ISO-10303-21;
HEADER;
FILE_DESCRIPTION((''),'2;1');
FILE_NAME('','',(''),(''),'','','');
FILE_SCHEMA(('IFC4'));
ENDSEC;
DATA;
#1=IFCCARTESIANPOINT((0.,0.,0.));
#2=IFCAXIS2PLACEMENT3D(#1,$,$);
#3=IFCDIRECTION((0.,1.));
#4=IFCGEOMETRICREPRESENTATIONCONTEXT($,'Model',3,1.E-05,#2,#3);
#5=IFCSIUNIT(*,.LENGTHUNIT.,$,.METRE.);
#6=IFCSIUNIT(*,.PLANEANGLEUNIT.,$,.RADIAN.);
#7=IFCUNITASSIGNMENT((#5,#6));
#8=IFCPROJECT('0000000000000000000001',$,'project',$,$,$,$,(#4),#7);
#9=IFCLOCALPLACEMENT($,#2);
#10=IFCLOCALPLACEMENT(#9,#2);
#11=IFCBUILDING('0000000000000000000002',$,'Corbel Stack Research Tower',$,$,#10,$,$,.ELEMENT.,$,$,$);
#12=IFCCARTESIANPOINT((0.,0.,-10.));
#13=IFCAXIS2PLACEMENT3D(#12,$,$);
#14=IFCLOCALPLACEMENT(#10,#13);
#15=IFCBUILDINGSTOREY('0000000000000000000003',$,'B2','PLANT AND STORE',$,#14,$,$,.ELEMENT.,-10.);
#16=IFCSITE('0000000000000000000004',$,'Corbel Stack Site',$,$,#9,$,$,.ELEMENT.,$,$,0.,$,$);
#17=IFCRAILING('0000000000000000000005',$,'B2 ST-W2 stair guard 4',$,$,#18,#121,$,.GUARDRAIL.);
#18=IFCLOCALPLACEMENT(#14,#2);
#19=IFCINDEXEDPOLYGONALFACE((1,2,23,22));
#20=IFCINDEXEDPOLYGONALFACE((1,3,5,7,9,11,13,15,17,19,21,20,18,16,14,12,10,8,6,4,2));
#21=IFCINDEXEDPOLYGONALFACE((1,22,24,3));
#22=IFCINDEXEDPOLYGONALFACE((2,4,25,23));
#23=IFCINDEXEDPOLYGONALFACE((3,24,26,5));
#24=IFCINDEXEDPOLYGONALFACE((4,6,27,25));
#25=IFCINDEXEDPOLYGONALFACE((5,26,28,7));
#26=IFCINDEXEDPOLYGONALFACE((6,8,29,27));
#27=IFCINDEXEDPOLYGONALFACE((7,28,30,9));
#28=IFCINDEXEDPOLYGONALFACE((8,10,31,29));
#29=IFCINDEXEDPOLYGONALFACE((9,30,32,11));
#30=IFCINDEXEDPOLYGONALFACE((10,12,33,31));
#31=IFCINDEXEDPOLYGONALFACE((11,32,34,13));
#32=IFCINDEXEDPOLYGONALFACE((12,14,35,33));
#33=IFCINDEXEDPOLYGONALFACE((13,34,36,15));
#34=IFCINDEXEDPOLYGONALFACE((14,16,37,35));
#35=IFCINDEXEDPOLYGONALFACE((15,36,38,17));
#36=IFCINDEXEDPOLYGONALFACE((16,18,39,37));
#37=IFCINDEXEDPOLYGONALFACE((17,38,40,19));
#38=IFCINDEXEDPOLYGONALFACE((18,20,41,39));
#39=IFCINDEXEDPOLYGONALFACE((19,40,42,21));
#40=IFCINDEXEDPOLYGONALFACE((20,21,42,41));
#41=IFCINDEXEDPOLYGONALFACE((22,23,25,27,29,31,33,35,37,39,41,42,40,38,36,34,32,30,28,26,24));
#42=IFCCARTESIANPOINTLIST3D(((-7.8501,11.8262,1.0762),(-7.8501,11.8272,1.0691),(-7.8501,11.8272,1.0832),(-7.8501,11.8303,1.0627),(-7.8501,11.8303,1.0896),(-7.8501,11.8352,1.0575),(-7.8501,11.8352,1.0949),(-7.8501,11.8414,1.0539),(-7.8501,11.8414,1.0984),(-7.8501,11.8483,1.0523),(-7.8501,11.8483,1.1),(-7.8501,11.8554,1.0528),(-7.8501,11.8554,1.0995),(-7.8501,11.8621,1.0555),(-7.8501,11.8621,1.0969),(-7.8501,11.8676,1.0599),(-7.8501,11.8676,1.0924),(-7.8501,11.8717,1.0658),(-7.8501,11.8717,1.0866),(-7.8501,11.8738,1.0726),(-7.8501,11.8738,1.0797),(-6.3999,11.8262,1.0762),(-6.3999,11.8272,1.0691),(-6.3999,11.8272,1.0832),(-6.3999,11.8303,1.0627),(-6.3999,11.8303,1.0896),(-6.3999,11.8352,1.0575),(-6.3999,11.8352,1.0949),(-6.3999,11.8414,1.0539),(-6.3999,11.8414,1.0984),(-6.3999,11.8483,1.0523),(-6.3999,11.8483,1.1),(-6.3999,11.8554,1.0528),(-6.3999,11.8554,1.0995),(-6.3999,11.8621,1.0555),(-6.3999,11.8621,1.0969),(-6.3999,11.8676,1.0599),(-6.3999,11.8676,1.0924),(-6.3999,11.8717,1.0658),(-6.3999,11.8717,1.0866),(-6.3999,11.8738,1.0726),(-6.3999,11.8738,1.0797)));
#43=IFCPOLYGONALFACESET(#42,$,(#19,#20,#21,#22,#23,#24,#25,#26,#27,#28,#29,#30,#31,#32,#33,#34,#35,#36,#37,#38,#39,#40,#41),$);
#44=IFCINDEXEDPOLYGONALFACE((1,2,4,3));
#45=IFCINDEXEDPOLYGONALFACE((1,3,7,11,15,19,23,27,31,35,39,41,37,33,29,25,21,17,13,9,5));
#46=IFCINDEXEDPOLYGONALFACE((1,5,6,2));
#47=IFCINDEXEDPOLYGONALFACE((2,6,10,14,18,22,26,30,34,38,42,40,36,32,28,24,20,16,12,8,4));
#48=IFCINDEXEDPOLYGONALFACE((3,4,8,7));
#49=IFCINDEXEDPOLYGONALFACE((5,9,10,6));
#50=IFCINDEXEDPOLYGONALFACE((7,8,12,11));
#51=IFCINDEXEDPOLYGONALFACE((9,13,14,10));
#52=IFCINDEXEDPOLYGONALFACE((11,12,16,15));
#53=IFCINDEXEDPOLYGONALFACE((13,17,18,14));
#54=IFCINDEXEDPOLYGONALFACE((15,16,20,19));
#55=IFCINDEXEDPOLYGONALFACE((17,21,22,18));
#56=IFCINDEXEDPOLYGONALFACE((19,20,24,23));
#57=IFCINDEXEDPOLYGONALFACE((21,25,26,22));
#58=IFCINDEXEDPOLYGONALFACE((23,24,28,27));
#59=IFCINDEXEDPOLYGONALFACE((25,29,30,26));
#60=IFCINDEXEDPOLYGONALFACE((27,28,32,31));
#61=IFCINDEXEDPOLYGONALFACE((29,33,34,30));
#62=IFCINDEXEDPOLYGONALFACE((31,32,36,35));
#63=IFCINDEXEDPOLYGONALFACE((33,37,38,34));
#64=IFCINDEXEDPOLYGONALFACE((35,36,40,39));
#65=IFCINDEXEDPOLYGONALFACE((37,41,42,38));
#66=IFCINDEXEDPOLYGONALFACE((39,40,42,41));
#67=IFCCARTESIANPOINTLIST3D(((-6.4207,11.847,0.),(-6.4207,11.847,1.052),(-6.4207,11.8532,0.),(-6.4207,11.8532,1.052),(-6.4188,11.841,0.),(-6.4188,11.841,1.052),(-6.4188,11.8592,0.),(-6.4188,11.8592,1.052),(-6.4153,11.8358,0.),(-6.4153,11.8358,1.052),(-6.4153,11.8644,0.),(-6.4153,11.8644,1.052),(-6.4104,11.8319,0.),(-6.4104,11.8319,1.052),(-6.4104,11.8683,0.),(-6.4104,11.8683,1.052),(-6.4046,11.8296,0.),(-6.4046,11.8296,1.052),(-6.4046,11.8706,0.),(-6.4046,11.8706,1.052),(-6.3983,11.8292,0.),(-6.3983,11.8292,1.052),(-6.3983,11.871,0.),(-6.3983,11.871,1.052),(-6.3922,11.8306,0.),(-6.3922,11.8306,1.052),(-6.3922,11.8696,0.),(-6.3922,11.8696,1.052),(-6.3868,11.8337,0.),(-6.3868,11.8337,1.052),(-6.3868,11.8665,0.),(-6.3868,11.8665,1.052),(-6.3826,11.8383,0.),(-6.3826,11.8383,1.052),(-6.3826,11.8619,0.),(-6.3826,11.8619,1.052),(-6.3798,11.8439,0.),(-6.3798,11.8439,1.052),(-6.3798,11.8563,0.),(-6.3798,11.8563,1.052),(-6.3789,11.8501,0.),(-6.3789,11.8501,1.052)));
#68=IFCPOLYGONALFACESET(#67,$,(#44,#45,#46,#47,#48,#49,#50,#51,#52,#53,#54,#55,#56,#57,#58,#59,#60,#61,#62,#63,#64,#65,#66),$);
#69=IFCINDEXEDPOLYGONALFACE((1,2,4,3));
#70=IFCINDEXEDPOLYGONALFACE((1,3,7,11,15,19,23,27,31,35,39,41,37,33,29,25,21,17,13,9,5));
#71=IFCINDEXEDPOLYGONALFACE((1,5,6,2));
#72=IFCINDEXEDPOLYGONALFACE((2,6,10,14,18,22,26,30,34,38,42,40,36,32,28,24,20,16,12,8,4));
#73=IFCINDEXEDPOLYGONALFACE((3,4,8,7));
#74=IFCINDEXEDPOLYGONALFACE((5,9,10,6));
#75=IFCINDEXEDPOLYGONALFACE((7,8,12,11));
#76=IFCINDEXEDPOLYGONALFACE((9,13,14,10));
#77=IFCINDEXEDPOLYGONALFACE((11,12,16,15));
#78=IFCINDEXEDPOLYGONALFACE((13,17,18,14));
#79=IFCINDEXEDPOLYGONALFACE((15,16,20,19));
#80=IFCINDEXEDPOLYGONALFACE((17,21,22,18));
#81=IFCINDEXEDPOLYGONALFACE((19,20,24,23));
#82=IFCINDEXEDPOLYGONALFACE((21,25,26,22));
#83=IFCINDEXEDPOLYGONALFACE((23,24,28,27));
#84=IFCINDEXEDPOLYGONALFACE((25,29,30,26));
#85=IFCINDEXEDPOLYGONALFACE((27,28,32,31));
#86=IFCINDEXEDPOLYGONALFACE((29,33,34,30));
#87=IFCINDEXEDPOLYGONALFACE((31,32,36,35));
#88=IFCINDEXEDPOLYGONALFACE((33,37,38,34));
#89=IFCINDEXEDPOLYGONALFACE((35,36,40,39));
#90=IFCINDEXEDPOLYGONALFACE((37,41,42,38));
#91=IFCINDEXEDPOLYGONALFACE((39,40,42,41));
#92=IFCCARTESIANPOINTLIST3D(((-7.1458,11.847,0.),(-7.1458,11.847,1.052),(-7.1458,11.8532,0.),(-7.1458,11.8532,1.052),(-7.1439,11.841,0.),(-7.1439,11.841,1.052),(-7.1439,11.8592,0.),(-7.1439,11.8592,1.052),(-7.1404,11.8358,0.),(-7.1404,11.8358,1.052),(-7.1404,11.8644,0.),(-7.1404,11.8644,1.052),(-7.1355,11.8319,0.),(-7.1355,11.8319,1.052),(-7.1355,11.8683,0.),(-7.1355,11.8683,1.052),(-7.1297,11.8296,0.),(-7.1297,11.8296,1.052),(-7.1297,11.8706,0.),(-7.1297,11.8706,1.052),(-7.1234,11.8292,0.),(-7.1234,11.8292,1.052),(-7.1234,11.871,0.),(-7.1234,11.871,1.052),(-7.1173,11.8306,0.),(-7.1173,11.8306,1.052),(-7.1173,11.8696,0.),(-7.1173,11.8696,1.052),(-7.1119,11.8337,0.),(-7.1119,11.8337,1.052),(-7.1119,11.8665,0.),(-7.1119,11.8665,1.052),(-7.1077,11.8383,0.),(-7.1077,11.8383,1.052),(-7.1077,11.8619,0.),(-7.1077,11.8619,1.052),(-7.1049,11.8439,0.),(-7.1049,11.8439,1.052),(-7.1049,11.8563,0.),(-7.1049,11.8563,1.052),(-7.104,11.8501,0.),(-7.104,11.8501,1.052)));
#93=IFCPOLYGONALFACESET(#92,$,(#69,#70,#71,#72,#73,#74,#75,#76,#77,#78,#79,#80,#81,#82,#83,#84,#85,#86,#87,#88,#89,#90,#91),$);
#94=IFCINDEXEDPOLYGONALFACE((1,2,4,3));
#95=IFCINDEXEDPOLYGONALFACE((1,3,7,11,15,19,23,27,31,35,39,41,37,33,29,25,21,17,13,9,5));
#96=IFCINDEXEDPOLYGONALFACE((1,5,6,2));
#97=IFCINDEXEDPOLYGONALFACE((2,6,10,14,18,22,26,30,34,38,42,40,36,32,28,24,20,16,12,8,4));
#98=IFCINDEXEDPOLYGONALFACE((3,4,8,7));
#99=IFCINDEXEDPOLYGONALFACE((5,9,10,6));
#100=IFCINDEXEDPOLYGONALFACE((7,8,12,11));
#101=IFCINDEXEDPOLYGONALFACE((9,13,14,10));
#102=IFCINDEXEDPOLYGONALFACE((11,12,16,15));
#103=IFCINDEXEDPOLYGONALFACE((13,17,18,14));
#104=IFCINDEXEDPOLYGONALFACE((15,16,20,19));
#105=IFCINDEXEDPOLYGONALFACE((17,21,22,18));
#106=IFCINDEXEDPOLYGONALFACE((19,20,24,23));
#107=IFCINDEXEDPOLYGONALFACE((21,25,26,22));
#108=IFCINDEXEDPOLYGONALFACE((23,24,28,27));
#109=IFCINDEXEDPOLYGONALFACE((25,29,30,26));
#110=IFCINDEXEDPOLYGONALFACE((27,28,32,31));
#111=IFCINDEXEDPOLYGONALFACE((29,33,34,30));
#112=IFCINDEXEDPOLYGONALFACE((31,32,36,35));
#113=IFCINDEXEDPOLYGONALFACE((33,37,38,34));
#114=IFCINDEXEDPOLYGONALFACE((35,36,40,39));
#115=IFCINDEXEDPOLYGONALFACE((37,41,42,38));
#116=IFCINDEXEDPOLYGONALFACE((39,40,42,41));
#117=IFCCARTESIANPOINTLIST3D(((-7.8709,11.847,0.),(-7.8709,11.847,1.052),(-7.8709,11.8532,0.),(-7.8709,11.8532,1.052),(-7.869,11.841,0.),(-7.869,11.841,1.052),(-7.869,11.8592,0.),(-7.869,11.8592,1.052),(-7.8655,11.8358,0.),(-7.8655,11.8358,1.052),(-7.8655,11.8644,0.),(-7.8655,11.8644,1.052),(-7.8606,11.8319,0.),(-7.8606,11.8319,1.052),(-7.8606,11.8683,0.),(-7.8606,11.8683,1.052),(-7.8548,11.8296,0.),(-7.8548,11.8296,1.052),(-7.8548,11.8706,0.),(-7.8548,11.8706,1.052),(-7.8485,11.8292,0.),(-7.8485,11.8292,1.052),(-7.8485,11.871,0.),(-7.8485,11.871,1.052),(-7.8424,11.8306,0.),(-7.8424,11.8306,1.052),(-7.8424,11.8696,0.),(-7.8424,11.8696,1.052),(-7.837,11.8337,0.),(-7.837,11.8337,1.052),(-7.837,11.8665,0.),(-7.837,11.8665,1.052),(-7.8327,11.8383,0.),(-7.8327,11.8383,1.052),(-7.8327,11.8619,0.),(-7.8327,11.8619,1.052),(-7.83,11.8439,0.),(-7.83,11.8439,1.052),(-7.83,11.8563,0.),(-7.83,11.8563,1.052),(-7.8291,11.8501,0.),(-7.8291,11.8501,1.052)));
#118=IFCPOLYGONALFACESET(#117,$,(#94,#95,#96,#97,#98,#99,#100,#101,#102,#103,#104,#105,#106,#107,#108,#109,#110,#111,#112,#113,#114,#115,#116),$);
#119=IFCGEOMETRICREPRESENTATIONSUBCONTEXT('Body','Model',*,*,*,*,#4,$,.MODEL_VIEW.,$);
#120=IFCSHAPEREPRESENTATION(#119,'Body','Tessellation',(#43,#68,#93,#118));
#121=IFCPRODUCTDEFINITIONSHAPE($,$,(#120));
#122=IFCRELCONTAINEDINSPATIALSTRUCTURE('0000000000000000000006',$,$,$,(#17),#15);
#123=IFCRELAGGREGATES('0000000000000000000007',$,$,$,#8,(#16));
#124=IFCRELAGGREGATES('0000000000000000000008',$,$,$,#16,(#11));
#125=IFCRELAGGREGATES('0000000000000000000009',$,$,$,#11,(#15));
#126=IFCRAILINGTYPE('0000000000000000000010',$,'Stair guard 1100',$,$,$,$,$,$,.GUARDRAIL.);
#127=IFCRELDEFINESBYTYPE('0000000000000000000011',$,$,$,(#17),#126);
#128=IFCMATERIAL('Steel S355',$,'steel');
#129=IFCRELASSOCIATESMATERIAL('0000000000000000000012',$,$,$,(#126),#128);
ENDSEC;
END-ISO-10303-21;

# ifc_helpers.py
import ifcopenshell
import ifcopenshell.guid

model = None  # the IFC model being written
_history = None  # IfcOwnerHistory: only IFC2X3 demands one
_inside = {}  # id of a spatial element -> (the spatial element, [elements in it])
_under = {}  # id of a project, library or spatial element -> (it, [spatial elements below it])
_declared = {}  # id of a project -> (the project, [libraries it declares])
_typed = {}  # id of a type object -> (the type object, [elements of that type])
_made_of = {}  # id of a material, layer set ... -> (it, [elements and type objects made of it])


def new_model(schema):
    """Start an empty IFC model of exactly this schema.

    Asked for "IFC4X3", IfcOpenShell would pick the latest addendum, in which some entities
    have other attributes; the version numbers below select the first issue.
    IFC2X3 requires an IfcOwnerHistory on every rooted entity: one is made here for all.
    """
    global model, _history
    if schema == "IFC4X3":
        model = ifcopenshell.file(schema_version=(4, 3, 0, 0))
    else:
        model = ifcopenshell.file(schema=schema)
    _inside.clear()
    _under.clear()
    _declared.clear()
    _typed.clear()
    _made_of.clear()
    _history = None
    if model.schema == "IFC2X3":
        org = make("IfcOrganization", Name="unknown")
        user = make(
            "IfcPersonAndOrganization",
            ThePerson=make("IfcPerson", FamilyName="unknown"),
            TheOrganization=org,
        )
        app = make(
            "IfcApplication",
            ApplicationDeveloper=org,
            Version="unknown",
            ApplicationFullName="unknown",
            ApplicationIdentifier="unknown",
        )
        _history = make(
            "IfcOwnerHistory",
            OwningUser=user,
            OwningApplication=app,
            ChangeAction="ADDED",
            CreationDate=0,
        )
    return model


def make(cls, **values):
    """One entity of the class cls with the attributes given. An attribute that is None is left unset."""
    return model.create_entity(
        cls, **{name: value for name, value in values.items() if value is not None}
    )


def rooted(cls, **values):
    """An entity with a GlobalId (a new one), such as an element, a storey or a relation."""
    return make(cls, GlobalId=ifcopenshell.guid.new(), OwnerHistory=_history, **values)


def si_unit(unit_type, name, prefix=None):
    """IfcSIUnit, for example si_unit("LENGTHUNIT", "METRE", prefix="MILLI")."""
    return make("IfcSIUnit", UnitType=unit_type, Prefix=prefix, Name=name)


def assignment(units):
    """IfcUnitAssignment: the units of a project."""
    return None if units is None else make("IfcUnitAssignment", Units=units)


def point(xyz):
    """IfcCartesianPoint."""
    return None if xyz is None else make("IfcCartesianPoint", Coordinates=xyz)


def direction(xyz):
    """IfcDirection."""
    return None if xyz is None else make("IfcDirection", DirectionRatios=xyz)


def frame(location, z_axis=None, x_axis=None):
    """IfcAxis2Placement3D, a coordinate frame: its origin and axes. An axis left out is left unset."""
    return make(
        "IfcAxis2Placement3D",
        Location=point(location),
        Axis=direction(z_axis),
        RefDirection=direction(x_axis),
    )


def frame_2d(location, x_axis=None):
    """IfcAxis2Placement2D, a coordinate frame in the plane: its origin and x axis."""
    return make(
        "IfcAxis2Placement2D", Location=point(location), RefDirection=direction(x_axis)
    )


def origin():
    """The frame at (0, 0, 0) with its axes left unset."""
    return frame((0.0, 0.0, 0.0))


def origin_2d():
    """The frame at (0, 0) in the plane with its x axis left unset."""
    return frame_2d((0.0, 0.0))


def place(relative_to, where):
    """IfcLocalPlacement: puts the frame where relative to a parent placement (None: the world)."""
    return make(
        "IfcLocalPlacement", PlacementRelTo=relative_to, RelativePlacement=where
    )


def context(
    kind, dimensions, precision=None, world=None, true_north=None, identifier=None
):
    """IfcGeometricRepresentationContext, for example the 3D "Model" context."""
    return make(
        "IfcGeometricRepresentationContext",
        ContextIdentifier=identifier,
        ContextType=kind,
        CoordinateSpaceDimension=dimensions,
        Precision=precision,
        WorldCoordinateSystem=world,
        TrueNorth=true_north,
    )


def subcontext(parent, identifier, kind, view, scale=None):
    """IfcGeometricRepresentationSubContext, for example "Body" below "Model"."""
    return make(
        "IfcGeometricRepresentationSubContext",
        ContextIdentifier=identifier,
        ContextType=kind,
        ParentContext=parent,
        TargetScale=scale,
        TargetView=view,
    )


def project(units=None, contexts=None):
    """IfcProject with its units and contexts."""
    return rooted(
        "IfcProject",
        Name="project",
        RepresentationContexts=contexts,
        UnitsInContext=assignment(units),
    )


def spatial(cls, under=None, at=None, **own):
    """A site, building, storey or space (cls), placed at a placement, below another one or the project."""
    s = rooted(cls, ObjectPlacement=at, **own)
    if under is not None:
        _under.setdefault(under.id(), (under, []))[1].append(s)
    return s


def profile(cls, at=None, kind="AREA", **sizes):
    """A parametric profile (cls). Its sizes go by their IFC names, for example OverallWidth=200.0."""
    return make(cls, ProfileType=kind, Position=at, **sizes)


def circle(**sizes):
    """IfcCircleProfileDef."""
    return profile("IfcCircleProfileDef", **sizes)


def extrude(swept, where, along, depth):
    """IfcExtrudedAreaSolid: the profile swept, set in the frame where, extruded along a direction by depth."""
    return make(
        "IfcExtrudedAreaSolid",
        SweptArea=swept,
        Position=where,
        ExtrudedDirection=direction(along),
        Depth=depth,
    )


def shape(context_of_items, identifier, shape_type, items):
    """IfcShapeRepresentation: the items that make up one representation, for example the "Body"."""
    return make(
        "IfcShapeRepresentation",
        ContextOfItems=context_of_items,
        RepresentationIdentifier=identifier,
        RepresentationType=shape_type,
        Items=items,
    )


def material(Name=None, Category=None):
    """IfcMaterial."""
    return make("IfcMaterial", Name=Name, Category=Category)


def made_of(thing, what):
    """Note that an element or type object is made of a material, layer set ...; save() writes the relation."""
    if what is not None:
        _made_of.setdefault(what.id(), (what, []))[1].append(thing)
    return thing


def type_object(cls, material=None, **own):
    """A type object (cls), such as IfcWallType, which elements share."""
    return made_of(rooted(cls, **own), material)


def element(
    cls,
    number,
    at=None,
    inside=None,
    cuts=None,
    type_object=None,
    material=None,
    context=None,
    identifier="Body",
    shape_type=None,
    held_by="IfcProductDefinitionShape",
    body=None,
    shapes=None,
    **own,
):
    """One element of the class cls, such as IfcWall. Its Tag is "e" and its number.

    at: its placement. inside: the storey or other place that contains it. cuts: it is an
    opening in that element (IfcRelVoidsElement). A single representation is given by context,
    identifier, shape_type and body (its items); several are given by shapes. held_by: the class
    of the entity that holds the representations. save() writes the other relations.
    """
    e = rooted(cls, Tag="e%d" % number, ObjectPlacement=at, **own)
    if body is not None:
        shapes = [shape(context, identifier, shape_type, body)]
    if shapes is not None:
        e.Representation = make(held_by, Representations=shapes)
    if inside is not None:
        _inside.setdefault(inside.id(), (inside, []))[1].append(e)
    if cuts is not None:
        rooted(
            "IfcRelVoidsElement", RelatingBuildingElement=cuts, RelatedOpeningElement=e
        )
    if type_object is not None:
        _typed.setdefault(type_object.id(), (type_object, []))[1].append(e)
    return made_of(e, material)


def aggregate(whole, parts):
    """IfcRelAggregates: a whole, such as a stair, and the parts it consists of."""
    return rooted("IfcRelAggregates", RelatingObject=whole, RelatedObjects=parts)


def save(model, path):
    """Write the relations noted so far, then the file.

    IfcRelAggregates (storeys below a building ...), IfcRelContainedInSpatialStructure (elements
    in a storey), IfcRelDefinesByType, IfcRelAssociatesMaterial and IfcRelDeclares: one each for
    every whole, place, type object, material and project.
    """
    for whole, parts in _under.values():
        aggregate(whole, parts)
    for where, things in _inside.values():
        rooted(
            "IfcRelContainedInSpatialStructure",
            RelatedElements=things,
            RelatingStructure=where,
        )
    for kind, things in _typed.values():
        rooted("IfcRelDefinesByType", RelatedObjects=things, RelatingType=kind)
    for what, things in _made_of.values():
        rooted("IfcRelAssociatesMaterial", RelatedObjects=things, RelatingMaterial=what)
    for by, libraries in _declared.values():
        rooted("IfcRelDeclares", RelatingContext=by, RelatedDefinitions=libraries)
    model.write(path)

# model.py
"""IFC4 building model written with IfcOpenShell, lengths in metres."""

from ifc_helpers import new_model, si_unit, direction, frame, origin, origin_2d, place, context, subcontext, project, spatial, circle, extrude, material, type_object, element, save


model = new_model("IFC4")

# Units and contexts
model_context = context("Model", 3, precision=1e-05, world=origin(), true_north=direction((0.0, 1.0)))
body_context = subcontext(model_context, "Body", "Model", "MODEL_VIEW")
ifc_project = project(units=[si_unit("LENGTHUNIT", "METRE"), si_unit("PLANEANGLEUNIT", "RADIAN")], contexts=[model_context])

# Site, building, storey
site_placement = place(None, origin())
site = spatial("IfcSite", under=ifc_project, at=site_placement, Name="Corbel Stack Site", CompositionType="ELEMENT", RefElevation=0.0)
building_placement = place(site_placement, origin())
building = spatial("IfcBuilding", under=site, at=building_placement, Name="Corbel Stack Research Tower", CompositionType="ELEMENT")
storey_placement = place(building_placement, frame((0.0, 0.0, -10.0)))
storey = spatial("IfcBuildingStorey", under=building, at=storey_placement, Name="B2", Description="PLANT AND STORE", CompositionType="ELEMENT", Elevation=-10.0)

# Railing
ifc_material_1 = material(Name="Steel S355", Category="steel")
railing_type_1 = type_object("IfcRailingType", Name="Stair guard 1100", PredefinedType="GUARDRAIL", material=ifc_material_1)
railing_1_placement = place(storey_placement, frame((-6.3999, 11.8501, 0.0)))
element("IfcRailing", 1, at=railing_1_placement, inside=storey, type_object=railing_type_1, Name="B2 ST-W2 stair guard 4", PredefinedType="GUARDRAIL", context=body_context, shape_type="SweptSolid", body=[
    extrude(circle(Radius=0.0239, at=origin_2d()), frame((0.0, 0.0, 1.0762), z_axis=(-1.0, 0.0, 0.0), x_axis=(0.0, -1.0, 0.0)), (0.0, 0.0, 1.0), 1.4502),
    extrude(circle(Radius=0.021, at=origin_2d()), origin(), (0.0, 0.0, 1.0), 1.052),
    extrude(circle(Radius=0.021, at=origin_2d()), frame((-0.7251, 0.0, 0.0)), (0.0, 0.0, 1.0), 1.052),
    extrude(circle(Radius=0.021, at=origin_2d()), frame((-1.4502, 0.0, 0.0)), (0.0, 0.0, 1.0), 1.052),
])

save(model, "model.ifc")
